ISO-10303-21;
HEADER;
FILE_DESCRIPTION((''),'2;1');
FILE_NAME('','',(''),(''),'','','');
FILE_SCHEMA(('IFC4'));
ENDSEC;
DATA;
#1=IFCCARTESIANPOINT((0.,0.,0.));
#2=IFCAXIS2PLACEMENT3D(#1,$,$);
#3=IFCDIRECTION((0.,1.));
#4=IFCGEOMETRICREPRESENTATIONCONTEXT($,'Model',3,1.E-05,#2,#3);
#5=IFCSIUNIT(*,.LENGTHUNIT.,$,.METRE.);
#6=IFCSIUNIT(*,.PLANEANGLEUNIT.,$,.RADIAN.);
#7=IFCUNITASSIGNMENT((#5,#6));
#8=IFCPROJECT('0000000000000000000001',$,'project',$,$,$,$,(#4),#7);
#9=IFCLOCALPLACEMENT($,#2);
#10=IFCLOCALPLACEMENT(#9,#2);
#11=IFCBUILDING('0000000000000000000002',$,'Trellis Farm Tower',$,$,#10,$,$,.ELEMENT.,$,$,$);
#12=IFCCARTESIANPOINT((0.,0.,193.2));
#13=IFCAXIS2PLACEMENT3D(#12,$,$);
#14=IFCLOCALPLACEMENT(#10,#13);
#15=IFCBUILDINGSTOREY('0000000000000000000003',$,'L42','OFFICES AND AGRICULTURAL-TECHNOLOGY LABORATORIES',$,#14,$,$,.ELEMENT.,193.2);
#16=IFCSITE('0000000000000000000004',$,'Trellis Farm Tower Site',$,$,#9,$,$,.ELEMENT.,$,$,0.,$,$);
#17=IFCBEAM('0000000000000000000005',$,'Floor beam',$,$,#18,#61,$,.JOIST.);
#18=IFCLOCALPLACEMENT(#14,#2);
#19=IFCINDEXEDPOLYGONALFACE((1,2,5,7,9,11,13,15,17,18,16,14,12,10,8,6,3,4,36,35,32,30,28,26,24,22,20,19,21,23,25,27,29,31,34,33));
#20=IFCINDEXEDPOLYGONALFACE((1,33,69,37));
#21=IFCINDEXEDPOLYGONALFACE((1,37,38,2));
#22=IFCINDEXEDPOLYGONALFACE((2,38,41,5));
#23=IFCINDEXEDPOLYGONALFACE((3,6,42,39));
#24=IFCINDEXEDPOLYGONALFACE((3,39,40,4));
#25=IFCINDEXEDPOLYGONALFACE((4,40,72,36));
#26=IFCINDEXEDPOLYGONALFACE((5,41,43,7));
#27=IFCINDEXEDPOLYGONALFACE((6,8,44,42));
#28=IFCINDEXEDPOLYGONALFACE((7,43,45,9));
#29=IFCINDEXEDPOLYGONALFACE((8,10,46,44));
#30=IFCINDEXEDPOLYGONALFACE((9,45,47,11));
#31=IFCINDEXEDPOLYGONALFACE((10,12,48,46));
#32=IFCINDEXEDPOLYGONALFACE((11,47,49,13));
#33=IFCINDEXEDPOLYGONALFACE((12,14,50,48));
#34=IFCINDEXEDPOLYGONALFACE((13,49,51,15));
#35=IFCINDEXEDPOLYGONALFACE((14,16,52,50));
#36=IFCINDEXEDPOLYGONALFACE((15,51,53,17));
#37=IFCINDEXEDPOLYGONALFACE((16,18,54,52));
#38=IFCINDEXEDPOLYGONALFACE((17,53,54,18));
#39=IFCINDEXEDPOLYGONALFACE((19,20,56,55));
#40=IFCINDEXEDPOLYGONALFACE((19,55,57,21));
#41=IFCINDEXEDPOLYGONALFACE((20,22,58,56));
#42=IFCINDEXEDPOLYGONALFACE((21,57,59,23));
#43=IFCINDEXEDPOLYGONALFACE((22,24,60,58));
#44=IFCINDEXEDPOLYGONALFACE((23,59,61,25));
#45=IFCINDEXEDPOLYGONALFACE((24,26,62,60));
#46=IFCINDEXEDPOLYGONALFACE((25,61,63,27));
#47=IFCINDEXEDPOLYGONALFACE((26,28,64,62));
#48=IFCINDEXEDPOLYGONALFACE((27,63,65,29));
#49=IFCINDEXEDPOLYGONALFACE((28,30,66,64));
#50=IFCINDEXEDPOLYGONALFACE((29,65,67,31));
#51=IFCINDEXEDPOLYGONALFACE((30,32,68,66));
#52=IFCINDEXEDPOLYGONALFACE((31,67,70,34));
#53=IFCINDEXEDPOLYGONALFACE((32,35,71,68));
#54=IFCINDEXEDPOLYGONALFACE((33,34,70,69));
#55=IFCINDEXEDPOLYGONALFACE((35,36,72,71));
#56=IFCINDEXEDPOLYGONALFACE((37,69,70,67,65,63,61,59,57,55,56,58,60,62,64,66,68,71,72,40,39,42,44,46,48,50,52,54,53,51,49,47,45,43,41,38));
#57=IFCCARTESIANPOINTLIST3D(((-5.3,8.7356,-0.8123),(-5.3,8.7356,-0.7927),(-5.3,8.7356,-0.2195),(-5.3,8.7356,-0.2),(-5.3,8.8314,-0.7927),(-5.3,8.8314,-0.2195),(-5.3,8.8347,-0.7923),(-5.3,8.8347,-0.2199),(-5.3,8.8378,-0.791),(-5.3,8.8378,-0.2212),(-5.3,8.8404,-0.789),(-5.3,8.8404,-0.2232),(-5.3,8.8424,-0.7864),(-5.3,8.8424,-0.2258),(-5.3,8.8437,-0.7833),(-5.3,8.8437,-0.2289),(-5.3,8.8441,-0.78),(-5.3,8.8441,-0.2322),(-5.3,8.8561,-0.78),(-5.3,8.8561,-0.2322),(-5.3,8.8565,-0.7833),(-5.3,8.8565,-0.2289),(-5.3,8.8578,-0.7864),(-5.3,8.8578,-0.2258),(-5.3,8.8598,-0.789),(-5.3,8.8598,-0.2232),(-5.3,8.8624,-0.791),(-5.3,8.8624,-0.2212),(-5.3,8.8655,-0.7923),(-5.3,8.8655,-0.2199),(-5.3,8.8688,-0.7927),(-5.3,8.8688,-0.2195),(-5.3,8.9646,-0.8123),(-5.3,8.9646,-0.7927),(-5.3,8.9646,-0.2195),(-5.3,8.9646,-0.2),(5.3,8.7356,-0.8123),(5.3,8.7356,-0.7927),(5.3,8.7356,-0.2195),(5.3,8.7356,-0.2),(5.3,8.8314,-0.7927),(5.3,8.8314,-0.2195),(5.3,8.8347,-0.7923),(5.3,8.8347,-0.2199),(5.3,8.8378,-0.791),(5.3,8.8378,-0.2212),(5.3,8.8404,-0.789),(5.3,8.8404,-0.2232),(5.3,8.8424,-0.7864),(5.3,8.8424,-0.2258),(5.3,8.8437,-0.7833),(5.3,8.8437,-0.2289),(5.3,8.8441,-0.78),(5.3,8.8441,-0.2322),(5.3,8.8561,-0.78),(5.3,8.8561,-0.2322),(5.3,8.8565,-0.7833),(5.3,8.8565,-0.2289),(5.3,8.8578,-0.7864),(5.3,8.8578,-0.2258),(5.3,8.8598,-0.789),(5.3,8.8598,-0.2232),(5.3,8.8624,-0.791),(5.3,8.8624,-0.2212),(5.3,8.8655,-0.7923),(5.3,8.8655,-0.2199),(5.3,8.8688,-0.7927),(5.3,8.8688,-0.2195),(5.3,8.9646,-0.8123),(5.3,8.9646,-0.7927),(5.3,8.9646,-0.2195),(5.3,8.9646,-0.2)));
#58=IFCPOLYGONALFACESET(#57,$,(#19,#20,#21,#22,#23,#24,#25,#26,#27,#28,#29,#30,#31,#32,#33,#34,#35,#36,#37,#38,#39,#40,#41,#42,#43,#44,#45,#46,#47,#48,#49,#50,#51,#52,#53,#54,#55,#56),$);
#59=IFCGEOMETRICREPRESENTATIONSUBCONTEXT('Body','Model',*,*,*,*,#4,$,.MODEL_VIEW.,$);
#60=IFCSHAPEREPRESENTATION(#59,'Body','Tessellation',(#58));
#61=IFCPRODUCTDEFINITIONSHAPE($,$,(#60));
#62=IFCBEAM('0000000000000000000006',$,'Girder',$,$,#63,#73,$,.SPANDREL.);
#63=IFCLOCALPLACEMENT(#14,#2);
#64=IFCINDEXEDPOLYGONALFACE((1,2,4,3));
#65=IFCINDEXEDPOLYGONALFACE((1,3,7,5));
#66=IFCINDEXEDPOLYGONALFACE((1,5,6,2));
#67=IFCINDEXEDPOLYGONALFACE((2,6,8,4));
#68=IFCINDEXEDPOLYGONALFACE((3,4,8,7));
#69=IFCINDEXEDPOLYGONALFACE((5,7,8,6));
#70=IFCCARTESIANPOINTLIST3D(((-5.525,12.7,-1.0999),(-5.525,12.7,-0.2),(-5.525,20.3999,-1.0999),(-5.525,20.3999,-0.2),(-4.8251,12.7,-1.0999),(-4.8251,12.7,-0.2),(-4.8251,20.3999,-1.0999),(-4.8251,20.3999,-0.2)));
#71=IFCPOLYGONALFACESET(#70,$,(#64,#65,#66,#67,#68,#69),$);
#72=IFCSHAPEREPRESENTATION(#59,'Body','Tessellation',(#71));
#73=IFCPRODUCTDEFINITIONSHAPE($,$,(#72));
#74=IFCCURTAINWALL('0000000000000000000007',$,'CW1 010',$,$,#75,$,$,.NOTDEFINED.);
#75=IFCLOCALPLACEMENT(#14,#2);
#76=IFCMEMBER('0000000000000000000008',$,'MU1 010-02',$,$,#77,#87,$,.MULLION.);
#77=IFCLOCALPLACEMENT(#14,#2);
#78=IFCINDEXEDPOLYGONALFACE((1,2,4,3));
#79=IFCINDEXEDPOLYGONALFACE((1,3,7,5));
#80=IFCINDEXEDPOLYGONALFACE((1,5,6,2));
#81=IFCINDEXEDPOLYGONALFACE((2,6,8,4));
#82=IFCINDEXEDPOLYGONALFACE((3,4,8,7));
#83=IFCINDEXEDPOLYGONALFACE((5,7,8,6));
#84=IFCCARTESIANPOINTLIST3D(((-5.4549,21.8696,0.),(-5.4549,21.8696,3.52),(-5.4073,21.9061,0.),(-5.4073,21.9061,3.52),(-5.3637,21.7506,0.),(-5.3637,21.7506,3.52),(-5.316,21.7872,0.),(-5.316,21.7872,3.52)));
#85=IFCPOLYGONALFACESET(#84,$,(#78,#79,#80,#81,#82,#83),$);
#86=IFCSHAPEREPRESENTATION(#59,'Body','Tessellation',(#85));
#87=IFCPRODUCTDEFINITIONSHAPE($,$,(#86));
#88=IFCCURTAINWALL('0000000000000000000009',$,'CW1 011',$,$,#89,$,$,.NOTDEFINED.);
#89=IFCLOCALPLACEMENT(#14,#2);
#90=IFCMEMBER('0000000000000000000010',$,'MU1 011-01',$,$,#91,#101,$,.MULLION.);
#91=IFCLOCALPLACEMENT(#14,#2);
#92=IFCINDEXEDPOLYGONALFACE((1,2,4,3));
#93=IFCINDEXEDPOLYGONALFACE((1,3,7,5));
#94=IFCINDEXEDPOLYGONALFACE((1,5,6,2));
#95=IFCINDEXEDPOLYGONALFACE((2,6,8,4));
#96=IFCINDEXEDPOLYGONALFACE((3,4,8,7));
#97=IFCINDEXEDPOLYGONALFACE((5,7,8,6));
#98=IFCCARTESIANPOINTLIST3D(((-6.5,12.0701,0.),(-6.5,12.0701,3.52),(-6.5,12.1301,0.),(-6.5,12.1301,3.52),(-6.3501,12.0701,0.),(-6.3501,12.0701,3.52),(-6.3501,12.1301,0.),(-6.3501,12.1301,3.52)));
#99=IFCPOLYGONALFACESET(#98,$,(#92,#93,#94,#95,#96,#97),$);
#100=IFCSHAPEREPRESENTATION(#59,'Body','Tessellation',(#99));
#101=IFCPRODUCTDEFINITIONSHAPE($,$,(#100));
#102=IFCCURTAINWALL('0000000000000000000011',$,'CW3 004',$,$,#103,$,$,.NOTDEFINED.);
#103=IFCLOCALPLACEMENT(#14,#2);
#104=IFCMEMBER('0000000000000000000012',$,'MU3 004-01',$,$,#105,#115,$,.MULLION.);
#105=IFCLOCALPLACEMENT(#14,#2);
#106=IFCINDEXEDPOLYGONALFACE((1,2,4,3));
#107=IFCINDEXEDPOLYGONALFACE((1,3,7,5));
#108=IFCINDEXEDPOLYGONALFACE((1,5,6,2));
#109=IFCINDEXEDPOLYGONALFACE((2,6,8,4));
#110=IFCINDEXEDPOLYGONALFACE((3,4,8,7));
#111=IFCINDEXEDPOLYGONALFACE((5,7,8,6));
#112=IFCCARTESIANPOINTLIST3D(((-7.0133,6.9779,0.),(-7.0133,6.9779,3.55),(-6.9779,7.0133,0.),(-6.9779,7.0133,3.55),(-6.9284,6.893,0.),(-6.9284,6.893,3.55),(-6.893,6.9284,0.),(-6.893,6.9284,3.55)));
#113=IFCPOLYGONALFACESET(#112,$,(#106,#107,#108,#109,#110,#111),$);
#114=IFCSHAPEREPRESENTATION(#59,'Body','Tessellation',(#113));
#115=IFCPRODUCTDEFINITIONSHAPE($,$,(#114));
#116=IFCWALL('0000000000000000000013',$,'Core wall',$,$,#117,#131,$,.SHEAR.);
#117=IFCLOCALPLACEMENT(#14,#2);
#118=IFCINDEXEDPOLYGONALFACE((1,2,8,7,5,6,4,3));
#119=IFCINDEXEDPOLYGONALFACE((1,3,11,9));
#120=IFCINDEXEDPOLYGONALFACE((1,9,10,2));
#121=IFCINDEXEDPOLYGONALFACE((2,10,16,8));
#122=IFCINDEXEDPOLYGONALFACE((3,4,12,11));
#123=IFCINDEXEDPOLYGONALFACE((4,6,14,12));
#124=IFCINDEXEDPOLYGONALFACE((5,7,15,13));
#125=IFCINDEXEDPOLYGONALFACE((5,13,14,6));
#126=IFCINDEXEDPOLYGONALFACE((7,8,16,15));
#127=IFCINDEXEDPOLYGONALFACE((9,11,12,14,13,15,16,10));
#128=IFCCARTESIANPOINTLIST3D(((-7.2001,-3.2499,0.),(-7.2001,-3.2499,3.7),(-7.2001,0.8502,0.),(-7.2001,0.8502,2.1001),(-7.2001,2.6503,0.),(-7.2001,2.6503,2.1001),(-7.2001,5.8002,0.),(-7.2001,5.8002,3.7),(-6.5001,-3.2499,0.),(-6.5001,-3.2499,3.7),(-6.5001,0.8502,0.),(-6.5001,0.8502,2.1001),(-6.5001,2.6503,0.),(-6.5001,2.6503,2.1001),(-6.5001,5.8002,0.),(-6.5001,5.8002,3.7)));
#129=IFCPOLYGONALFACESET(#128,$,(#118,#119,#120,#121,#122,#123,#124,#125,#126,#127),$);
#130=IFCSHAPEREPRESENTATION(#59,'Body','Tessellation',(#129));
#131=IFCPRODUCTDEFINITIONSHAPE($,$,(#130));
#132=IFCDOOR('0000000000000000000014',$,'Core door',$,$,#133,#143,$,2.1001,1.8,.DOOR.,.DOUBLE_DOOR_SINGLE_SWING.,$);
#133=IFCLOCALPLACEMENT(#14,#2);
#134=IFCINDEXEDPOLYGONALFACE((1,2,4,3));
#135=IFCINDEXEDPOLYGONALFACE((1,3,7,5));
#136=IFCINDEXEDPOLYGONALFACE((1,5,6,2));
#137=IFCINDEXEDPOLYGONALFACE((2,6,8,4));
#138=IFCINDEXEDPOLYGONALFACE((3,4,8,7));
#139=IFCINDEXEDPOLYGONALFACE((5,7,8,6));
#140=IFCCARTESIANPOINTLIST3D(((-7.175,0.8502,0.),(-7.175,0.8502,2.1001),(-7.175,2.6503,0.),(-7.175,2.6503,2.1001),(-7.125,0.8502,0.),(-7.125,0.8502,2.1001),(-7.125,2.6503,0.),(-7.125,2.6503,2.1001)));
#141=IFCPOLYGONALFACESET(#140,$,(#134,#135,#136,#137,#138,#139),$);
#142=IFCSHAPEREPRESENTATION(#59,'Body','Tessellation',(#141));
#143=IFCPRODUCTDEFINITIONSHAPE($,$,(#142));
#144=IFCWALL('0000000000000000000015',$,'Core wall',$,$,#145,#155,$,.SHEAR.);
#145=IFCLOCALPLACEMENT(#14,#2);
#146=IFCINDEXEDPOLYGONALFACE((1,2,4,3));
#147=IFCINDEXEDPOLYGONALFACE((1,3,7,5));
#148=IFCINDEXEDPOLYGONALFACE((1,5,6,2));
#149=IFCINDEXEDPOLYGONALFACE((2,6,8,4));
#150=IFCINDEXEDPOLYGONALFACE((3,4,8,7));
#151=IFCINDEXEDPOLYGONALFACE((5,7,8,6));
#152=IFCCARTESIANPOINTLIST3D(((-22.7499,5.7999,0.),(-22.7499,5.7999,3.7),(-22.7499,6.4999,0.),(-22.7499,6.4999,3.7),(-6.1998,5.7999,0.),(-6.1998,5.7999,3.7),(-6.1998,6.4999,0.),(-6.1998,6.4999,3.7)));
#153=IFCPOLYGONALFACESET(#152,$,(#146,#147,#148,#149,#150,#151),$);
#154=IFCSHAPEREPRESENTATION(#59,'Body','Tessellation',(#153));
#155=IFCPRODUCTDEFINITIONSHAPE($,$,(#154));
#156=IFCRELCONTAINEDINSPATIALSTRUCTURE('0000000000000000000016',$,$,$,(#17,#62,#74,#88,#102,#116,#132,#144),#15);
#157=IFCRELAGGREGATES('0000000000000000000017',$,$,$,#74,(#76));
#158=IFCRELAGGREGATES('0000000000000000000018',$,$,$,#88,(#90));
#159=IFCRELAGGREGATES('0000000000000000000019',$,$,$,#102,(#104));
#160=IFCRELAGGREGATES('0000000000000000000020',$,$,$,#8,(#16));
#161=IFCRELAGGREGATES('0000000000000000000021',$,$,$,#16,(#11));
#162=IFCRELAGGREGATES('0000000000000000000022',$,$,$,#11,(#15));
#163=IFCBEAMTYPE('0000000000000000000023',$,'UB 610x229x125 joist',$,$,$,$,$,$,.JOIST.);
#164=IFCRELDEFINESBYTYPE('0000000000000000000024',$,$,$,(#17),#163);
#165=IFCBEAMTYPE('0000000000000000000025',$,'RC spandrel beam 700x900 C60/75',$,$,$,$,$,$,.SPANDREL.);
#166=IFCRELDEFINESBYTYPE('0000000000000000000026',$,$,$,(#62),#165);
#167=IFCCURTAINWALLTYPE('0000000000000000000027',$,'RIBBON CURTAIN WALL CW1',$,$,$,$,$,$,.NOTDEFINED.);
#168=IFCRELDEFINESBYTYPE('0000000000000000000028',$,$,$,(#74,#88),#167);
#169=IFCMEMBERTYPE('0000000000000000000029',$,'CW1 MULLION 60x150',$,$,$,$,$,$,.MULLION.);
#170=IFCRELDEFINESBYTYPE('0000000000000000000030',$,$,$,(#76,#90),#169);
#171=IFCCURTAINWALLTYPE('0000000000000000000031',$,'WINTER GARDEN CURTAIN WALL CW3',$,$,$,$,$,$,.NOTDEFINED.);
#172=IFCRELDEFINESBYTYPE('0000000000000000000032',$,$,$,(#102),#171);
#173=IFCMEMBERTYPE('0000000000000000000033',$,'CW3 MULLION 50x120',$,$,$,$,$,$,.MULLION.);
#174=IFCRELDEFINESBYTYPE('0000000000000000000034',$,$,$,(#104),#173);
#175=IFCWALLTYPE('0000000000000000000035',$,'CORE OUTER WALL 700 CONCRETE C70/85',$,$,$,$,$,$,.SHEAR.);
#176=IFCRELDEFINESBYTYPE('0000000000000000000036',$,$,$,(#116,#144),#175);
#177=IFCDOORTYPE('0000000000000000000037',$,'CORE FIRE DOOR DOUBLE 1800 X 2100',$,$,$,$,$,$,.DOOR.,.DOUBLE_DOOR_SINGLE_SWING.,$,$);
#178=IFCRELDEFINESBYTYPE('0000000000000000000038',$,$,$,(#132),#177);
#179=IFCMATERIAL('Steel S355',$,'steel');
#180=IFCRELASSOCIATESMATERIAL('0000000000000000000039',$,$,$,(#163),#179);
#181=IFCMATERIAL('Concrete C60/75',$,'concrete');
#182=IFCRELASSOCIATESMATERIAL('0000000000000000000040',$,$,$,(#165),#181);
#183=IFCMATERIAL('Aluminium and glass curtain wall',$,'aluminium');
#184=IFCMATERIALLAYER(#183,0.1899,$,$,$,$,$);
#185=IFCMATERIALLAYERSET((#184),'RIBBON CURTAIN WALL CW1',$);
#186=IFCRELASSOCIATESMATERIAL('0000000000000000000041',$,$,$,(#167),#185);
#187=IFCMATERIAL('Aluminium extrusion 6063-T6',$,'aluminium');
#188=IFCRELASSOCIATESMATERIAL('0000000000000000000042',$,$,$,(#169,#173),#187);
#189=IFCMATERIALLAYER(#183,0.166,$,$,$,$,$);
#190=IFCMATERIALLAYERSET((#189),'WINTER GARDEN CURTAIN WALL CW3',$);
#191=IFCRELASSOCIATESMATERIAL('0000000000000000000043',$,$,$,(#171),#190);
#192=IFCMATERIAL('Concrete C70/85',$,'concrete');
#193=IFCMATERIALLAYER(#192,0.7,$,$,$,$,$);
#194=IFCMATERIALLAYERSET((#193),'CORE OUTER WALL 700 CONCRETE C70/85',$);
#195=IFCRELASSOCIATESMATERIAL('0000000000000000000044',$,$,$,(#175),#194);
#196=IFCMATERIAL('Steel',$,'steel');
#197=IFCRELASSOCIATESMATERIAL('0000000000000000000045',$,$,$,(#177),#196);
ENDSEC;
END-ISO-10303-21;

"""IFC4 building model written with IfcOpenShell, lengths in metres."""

from ifc_helpers import new_model, si_unit, direction, frame, frame_2d, origin, origin_2d, place, context, subcontext, project, spatial, rectangle, i_section, extrude, source, transform, mapped, material, layer, layer_set, material_profile, profile_set, type_object, element, fill, aggregate, save


model = new_model("IFC4")

# Units and contexts
model_context = context("Model", 3, precision=1e-05, world=origin(), true_north=direction((0.0, 1.0)))
body_context = subcontext(model_context, "Body", "Model", "MODEL_VIEW")
ifc_project = project(units=[si_unit("LENGTHUNIT", "METRE"), si_unit("PLANEANGLEUNIT", "RADIAN")], contexts=[model_context])

# Site, building, storey
site_placement = place(None, origin())
site = spatial("IfcSite", under=ifc_project, at=site_placement, Name="Trellis Farm Tower Site", CompositionType="ELEMENT", RefElevation=0.0)
building_placement = place(site_placement, origin())
building = spatial("IfcBuilding", under=site, at=building_placement, Name="Trellis Farm Tower", CompositionType="ELEMENT")
storey_placement = place(building_placement, frame((0.0, 0.0, 193.2)))
storey = spatial("IfcBuildingStorey", under=building, at=storey_placement, Name="L42", Description="OFFICES AND AGRICULTURAL-TECHNOLOGY LABORATORIES", CompositionType="ELEMENT", Elevation=193.2)

# Shared definitions
ifc_material_1 = material(Name="Concrete C70/85", Category="concrete")

# Beams
ifc_material_2 = material(Name="Concrete C60/75", Category="concrete")
ifc_material_3 = material(Name="Steel S355", Category="steel")
ifc_material_profile_1 = material_profile(ifc_material_3, i_section(OverallWidth=0.229, OverallDepth=0.6123, WebThickness=0.012, FlangeThickness=0.0195, FilletRadius=0.0127, at=origin_2d()), Name="UB 610x229x125")
ifc_profile_set_1 = profile_set([ifc_material_profile_1], Name="Steel S355")
beam_type_1 = type_object("IfcBeamType", Name="UB 610x229x125 joist", PredefinedType="JOIST", material=ifc_profile_set_1)
shared_shape_1 = source(origin(), body_context, "Body", "SweptSolid", [
    extrude(i_section(OverallWidth=0.229, OverallDepth=0.6123, WebThickness=0.012, FlangeThickness=0.0195, FilletRadius=0.0127, at=origin_2d()), origin(), (0.0, 0.0, 1.0), 10.6001),
])
beam_1_placement = place(storey_placement, frame((-5.3, 8.8501, -0.5061), z_axis=(1.0, 0.0, 0.0), x_axis=(0.0, 1.0, 0.0)))
element("IfcBeam", 1, at=beam_1_placement, inside=storey, type_object=beam_type_1, Name="Floor beam", PredefinedType="JOIST", context=body_context, shape_type="MappedRepresentation", body=[
    mapped(shared_shape_1, transform((0.0, 0.0, 0.0))),
])
ifc_material_profile_2 = material_profile(ifc_material_2, rectangle(XDim=0.7, YDim=0.8999, at=origin_2d()), Name="RC spandrel beam 700x900 C60/75")
ifc_profile_set_2 = profile_set([ifc_material_profile_2], Name="Concrete C60/75")
beam_type_2 = type_object("IfcBeamType", Name="RC spandrel beam 700x900 C60/75", PredefinedType="SPANDREL", material=ifc_profile_set_2)
shared_shape_2 = source(origin(), body_context, "Body", "SweptSolid", [
    extrude(rectangle(XDim=0.7, YDim=0.8999, at=origin_2d()), origin(), (0.0, 0.0, 1.0), 7.7),
])
beam_2_placement = place(storey_placement, frame((-5.175, 12.7, -0.6499), z_axis=(0.0, 1.0, 0.0), x_axis=(-1.0, 0.0, 0.0)))
element("IfcBeam", 2, at=beam_2_placement, inside=storey, type_object=beam_type_2, Name="Girder", PredefinedType="SPANDREL", context=body_context, shape_type="MappedRepresentation", body=[
    mapped(shared_shape_2, transform((0.0, 0.0, 0.0))),
])

# Curtain walls, members
ifc_material_4 = material(Name="Aluminium and glass curtain wall", Category="aluminium")
ifc_layer_1 = layer(ifc_material_4, 0.1899)
ifc_layer_set_1 = layer_set([ifc_layer_1], Name="RIBBON CURTAIN WALL CW1")
curtain_wall_type_1 = type_object("IfcCurtainWallType", Name="RIBBON CURTAIN WALL CW1", PredefinedType="NOTDEFINED", material=ifc_layer_set_1)
placement = place(storey_placement, origin())
curtain_wall_1 = element("IfcCurtainWall", 3, at=placement, inside=storey, type_object=curtain_wall_type_1, Name="CW1 010", PredefinedType="NOTDEFINED")
ifc_material_5 = material(Name="Aluminium extrusion 6063-T6", Category="aluminium")
ifc_material_profile_3 = material_profile(ifc_material_5, rectangle(XDim=0.0601, YDim=0.1499, at=origin_2d()), Name="MULLION 60x150")
ifc_profile_set_3 = profile_set([ifc_material_profile_3], Name="Aluminium extrusion 6063-T6")
member_type_1 = type_object("IfcMemberType", Name="CW1 MULLION 60x150", PredefinedType="MULLION", material=ifc_profile_set_3)
shared_shape_3 = source(origin(), body_context, "Body", "SweptSolid", [
    extrude(rectangle(XDim=0.0601, YDim=0.1499, at=origin_2d()), origin(), (0.0, 0.0, 1.0), 3.52),
])
member_1_placement = place(storey_placement, frame((-5.3855, 21.8284, 0.0), z_axis=(0.0, 0.0, 1.0), x_axis=(-0.793353, -0.608761, 0.0)))
member_1 = element("IfcMember", 4, at=member_1_placement, type_object=member_type_1, Name="MU1 010-02", PredefinedType="MULLION", context=body_context, shape_type="MappedRepresentation", body=[
    mapped(shared_shape_3, transform((0.0, 0.0, 0.0))),
])
aggregate(curtain_wall_1, [member_1])
curtain_wall_2 = element("IfcCurtainWall", 5, at=placement, inside=storey, type_object=curtain_wall_type_1, Name="CW1 011", PredefinedType="NOTDEFINED")
member_2_placement = place(storey_placement, frame((-6.425, 12.1001, 0.0), z_axis=(0.0, 0.0, 1.0), x_axis=(0.0, -1.0, 0.0)))
member_2 = element("IfcMember", 6, at=member_2_placement, type_object=member_type_1, Name="MU1 011-01", PredefinedType="MULLION", context=body_context, shape_type="MappedRepresentation", body=[
    mapped(shared_shape_3, transform((0.0, 0.0, 0.0))),
])
aggregate(curtain_wall_2, [member_2])
ifc_layer_2 = layer(ifc_material_4, 0.166)
ifc_layer_set_2 = layer_set([ifc_layer_2], Name="WINTER GARDEN CURTAIN WALL CW3")
curtain_wall_type_2 = type_object("IfcCurtainWallType", Name="WINTER GARDEN CURTAIN WALL CW3", PredefinedType="NOTDEFINED", material=ifc_layer_set_2)
curtain_wall_3 = element("IfcCurtainWall", 7, at=placement, inside=storey, type_object=curtain_wall_type_2, Name="CW3 004", PredefinedType="NOTDEFINED")
ifc_material_profile_4 = material_profile(ifc_material_5, rectangle(XDim=0.05, YDim=0.1201, at=origin_2d()), Name="MULLION 50x120")
ifc_profile_set_4 = profile_set([ifc_material_profile_4], Name="Aluminium extrusion 6063-T6")
member_type_2 = type_object("IfcMemberType", Name="CW3 MULLION 50x120", PredefinedType="MULLION", material=ifc_profile_set_4)
shared_shape_4 = source(origin(), body_context, "Body", "SweptSolid", [
    extrude(rectangle(XDim=0.05, YDim=0.1201, at=origin_2d()), origin(), (0.0, 0.0, 1.0), 3.55),
])
member_3_placement = place(storey_placement, frame((-6.9531, 6.9531, 0.0), z_axis=(0.0, 0.0, 1.0), x_axis=(-0.707107, -0.707107, 0.0)))
member_3 = element("IfcMember", 8, at=member_3_placement, type_object=member_type_2, Name="MU3 004-01", PredefinedType="MULLION", context=body_context, shape_type="MappedRepresentation", body=[
    mapped(shared_shape_4, transform((0.0, 0.0, 0.0))),
])
aggregate(curtain_wall_3, [member_3])

# Wall, opening, door
ifc_layer_3 = layer(ifc_material_1, 0.7)
ifc_layer_set_3 = layer_set([ifc_layer_3], Name="CORE OUTER WALL 700 CONCRETE C70/85")
wall_type_1 = type_object("IfcWallType", Name="CORE OUTER WALL 700 CONCRETE C70/85", PredefinedType="SHEAR", material=ifc_layer_set_3)
shared_shape_5 = source(origin(), body_context, "Body", "SweptSolid", [
    extrude(rectangle(XDim=9.05, YDim=0.7, at=frame_2d((4.5249, 0.0))), origin(), (0.0, 0.0, 1.0), 3.7),
])
wall_1_placement = place(storey_placement, frame((-6.8501, 5.8, 0.0), z_axis=(0.0, 0.0, 1.0), x_axis=(0.0, -1.0, 0.0)))
wall_1 = element("IfcWall", 9, at=wall_1_placement, inside=storey, type_object=wall_type_1, Name="Core wall", PredefinedType="SHEAR", context=body_context, shape_type="MappedRepresentation", body=[
    mapped(shared_shape_5, transform((0.0, 0.0, 0.0))),
])
shared_shape_6 = source(origin(), body_context, "Body", "SweptSolid", [
    extrude(rectangle(XDim=1.8, YDim=2.1001, at=frame_2d((0.8999, 1.05))), frame((0.0, 0.3601, 0.0), z_axis=(0.0, -1.0, 0.0), x_axis=(1.0, 0.0, 0.0)), (0.0, 0.0, 1.0), 0.7202),
])
opening_1_placement = place(wall_1_placement, frame((3.1499, 0.0, 0.0)))
opening_1 = element("IfcOpeningElement", 10, at=opening_1_placement, cuts=wall_1, PredefinedType="OPENING", context=body_context, shape_type="MappedRepresentation", body=[
    mapped(shared_shape_6, transform((0.0, 0.0, 0.0))),
])
ifc_material_6 = material(Name="Steel", Category="steel")
door_type_1 = type_object("IfcDoorType", Name="CORE FIRE DOOR DOUBLE 1800 X 2100", OperationType="DOUBLE_DOOR_SINGLE_SWING", PredefinedType="DOOR", material=ifc_material_6)
shared_shape_7 = source(origin(), body_context, "Body", "SweptSolid", [
    extrude(rectangle(XDim=1.8, YDim=2.1001, at=frame_2d((0.8999, 1.05))), frame((0.0, -0.2749, 0.0), z_axis=(0.0, -1.0, 0.0), x_axis=(1.0, 0.0, 0.0)), (0.0, 0.0, 1.0), 0.05),
])
door_1_placement = place(opening_1_placement, origin())
door_1 = element("IfcDoor", 11, at=door_1_placement, inside=storey, type_object=door_type_1, Name="Core door", OperationType="DOUBLE_DOOR_SINGLE_SWING", OverallHeight=2.1001, OverallWidth=1.8, PredefinedType="DOOR", context=body_context, shape_type="MappedRepresentation", body=[
    mapped(shared_shape_7, transform((0.0, 0.0, 0.0))),
])
fill(opening_1, door_1)

# Wall
shared_shape_8 = source(origin(), body_context, "Body", "SweptSolid", [
    extrude(rectangle(XDim=16.55, YDim=0.7, at=frame_2d((8.2749, 0.0))), origin(), (0.0, 0.0, 1.0), 3.7),
])
wall_2_placement = place(storey_placement, frame((-6.2, 6.1499, 0.0), z_axis=(0.0, 0.0, 1.0), x_axis=(-1.0, 0.0, 0.0)))
element("IfcWall", 12, at=wall_2_placement, inside=storey, type_object=wall_type_1, Name="Core wall", PredefinedType="SHEAR", context=body_context, shape_type="MappedRepresentation", body=[
    mapped(shared_shape_8, transform((0.0, 0.0, 0.0))),
])

save(model, "model.ifc")
